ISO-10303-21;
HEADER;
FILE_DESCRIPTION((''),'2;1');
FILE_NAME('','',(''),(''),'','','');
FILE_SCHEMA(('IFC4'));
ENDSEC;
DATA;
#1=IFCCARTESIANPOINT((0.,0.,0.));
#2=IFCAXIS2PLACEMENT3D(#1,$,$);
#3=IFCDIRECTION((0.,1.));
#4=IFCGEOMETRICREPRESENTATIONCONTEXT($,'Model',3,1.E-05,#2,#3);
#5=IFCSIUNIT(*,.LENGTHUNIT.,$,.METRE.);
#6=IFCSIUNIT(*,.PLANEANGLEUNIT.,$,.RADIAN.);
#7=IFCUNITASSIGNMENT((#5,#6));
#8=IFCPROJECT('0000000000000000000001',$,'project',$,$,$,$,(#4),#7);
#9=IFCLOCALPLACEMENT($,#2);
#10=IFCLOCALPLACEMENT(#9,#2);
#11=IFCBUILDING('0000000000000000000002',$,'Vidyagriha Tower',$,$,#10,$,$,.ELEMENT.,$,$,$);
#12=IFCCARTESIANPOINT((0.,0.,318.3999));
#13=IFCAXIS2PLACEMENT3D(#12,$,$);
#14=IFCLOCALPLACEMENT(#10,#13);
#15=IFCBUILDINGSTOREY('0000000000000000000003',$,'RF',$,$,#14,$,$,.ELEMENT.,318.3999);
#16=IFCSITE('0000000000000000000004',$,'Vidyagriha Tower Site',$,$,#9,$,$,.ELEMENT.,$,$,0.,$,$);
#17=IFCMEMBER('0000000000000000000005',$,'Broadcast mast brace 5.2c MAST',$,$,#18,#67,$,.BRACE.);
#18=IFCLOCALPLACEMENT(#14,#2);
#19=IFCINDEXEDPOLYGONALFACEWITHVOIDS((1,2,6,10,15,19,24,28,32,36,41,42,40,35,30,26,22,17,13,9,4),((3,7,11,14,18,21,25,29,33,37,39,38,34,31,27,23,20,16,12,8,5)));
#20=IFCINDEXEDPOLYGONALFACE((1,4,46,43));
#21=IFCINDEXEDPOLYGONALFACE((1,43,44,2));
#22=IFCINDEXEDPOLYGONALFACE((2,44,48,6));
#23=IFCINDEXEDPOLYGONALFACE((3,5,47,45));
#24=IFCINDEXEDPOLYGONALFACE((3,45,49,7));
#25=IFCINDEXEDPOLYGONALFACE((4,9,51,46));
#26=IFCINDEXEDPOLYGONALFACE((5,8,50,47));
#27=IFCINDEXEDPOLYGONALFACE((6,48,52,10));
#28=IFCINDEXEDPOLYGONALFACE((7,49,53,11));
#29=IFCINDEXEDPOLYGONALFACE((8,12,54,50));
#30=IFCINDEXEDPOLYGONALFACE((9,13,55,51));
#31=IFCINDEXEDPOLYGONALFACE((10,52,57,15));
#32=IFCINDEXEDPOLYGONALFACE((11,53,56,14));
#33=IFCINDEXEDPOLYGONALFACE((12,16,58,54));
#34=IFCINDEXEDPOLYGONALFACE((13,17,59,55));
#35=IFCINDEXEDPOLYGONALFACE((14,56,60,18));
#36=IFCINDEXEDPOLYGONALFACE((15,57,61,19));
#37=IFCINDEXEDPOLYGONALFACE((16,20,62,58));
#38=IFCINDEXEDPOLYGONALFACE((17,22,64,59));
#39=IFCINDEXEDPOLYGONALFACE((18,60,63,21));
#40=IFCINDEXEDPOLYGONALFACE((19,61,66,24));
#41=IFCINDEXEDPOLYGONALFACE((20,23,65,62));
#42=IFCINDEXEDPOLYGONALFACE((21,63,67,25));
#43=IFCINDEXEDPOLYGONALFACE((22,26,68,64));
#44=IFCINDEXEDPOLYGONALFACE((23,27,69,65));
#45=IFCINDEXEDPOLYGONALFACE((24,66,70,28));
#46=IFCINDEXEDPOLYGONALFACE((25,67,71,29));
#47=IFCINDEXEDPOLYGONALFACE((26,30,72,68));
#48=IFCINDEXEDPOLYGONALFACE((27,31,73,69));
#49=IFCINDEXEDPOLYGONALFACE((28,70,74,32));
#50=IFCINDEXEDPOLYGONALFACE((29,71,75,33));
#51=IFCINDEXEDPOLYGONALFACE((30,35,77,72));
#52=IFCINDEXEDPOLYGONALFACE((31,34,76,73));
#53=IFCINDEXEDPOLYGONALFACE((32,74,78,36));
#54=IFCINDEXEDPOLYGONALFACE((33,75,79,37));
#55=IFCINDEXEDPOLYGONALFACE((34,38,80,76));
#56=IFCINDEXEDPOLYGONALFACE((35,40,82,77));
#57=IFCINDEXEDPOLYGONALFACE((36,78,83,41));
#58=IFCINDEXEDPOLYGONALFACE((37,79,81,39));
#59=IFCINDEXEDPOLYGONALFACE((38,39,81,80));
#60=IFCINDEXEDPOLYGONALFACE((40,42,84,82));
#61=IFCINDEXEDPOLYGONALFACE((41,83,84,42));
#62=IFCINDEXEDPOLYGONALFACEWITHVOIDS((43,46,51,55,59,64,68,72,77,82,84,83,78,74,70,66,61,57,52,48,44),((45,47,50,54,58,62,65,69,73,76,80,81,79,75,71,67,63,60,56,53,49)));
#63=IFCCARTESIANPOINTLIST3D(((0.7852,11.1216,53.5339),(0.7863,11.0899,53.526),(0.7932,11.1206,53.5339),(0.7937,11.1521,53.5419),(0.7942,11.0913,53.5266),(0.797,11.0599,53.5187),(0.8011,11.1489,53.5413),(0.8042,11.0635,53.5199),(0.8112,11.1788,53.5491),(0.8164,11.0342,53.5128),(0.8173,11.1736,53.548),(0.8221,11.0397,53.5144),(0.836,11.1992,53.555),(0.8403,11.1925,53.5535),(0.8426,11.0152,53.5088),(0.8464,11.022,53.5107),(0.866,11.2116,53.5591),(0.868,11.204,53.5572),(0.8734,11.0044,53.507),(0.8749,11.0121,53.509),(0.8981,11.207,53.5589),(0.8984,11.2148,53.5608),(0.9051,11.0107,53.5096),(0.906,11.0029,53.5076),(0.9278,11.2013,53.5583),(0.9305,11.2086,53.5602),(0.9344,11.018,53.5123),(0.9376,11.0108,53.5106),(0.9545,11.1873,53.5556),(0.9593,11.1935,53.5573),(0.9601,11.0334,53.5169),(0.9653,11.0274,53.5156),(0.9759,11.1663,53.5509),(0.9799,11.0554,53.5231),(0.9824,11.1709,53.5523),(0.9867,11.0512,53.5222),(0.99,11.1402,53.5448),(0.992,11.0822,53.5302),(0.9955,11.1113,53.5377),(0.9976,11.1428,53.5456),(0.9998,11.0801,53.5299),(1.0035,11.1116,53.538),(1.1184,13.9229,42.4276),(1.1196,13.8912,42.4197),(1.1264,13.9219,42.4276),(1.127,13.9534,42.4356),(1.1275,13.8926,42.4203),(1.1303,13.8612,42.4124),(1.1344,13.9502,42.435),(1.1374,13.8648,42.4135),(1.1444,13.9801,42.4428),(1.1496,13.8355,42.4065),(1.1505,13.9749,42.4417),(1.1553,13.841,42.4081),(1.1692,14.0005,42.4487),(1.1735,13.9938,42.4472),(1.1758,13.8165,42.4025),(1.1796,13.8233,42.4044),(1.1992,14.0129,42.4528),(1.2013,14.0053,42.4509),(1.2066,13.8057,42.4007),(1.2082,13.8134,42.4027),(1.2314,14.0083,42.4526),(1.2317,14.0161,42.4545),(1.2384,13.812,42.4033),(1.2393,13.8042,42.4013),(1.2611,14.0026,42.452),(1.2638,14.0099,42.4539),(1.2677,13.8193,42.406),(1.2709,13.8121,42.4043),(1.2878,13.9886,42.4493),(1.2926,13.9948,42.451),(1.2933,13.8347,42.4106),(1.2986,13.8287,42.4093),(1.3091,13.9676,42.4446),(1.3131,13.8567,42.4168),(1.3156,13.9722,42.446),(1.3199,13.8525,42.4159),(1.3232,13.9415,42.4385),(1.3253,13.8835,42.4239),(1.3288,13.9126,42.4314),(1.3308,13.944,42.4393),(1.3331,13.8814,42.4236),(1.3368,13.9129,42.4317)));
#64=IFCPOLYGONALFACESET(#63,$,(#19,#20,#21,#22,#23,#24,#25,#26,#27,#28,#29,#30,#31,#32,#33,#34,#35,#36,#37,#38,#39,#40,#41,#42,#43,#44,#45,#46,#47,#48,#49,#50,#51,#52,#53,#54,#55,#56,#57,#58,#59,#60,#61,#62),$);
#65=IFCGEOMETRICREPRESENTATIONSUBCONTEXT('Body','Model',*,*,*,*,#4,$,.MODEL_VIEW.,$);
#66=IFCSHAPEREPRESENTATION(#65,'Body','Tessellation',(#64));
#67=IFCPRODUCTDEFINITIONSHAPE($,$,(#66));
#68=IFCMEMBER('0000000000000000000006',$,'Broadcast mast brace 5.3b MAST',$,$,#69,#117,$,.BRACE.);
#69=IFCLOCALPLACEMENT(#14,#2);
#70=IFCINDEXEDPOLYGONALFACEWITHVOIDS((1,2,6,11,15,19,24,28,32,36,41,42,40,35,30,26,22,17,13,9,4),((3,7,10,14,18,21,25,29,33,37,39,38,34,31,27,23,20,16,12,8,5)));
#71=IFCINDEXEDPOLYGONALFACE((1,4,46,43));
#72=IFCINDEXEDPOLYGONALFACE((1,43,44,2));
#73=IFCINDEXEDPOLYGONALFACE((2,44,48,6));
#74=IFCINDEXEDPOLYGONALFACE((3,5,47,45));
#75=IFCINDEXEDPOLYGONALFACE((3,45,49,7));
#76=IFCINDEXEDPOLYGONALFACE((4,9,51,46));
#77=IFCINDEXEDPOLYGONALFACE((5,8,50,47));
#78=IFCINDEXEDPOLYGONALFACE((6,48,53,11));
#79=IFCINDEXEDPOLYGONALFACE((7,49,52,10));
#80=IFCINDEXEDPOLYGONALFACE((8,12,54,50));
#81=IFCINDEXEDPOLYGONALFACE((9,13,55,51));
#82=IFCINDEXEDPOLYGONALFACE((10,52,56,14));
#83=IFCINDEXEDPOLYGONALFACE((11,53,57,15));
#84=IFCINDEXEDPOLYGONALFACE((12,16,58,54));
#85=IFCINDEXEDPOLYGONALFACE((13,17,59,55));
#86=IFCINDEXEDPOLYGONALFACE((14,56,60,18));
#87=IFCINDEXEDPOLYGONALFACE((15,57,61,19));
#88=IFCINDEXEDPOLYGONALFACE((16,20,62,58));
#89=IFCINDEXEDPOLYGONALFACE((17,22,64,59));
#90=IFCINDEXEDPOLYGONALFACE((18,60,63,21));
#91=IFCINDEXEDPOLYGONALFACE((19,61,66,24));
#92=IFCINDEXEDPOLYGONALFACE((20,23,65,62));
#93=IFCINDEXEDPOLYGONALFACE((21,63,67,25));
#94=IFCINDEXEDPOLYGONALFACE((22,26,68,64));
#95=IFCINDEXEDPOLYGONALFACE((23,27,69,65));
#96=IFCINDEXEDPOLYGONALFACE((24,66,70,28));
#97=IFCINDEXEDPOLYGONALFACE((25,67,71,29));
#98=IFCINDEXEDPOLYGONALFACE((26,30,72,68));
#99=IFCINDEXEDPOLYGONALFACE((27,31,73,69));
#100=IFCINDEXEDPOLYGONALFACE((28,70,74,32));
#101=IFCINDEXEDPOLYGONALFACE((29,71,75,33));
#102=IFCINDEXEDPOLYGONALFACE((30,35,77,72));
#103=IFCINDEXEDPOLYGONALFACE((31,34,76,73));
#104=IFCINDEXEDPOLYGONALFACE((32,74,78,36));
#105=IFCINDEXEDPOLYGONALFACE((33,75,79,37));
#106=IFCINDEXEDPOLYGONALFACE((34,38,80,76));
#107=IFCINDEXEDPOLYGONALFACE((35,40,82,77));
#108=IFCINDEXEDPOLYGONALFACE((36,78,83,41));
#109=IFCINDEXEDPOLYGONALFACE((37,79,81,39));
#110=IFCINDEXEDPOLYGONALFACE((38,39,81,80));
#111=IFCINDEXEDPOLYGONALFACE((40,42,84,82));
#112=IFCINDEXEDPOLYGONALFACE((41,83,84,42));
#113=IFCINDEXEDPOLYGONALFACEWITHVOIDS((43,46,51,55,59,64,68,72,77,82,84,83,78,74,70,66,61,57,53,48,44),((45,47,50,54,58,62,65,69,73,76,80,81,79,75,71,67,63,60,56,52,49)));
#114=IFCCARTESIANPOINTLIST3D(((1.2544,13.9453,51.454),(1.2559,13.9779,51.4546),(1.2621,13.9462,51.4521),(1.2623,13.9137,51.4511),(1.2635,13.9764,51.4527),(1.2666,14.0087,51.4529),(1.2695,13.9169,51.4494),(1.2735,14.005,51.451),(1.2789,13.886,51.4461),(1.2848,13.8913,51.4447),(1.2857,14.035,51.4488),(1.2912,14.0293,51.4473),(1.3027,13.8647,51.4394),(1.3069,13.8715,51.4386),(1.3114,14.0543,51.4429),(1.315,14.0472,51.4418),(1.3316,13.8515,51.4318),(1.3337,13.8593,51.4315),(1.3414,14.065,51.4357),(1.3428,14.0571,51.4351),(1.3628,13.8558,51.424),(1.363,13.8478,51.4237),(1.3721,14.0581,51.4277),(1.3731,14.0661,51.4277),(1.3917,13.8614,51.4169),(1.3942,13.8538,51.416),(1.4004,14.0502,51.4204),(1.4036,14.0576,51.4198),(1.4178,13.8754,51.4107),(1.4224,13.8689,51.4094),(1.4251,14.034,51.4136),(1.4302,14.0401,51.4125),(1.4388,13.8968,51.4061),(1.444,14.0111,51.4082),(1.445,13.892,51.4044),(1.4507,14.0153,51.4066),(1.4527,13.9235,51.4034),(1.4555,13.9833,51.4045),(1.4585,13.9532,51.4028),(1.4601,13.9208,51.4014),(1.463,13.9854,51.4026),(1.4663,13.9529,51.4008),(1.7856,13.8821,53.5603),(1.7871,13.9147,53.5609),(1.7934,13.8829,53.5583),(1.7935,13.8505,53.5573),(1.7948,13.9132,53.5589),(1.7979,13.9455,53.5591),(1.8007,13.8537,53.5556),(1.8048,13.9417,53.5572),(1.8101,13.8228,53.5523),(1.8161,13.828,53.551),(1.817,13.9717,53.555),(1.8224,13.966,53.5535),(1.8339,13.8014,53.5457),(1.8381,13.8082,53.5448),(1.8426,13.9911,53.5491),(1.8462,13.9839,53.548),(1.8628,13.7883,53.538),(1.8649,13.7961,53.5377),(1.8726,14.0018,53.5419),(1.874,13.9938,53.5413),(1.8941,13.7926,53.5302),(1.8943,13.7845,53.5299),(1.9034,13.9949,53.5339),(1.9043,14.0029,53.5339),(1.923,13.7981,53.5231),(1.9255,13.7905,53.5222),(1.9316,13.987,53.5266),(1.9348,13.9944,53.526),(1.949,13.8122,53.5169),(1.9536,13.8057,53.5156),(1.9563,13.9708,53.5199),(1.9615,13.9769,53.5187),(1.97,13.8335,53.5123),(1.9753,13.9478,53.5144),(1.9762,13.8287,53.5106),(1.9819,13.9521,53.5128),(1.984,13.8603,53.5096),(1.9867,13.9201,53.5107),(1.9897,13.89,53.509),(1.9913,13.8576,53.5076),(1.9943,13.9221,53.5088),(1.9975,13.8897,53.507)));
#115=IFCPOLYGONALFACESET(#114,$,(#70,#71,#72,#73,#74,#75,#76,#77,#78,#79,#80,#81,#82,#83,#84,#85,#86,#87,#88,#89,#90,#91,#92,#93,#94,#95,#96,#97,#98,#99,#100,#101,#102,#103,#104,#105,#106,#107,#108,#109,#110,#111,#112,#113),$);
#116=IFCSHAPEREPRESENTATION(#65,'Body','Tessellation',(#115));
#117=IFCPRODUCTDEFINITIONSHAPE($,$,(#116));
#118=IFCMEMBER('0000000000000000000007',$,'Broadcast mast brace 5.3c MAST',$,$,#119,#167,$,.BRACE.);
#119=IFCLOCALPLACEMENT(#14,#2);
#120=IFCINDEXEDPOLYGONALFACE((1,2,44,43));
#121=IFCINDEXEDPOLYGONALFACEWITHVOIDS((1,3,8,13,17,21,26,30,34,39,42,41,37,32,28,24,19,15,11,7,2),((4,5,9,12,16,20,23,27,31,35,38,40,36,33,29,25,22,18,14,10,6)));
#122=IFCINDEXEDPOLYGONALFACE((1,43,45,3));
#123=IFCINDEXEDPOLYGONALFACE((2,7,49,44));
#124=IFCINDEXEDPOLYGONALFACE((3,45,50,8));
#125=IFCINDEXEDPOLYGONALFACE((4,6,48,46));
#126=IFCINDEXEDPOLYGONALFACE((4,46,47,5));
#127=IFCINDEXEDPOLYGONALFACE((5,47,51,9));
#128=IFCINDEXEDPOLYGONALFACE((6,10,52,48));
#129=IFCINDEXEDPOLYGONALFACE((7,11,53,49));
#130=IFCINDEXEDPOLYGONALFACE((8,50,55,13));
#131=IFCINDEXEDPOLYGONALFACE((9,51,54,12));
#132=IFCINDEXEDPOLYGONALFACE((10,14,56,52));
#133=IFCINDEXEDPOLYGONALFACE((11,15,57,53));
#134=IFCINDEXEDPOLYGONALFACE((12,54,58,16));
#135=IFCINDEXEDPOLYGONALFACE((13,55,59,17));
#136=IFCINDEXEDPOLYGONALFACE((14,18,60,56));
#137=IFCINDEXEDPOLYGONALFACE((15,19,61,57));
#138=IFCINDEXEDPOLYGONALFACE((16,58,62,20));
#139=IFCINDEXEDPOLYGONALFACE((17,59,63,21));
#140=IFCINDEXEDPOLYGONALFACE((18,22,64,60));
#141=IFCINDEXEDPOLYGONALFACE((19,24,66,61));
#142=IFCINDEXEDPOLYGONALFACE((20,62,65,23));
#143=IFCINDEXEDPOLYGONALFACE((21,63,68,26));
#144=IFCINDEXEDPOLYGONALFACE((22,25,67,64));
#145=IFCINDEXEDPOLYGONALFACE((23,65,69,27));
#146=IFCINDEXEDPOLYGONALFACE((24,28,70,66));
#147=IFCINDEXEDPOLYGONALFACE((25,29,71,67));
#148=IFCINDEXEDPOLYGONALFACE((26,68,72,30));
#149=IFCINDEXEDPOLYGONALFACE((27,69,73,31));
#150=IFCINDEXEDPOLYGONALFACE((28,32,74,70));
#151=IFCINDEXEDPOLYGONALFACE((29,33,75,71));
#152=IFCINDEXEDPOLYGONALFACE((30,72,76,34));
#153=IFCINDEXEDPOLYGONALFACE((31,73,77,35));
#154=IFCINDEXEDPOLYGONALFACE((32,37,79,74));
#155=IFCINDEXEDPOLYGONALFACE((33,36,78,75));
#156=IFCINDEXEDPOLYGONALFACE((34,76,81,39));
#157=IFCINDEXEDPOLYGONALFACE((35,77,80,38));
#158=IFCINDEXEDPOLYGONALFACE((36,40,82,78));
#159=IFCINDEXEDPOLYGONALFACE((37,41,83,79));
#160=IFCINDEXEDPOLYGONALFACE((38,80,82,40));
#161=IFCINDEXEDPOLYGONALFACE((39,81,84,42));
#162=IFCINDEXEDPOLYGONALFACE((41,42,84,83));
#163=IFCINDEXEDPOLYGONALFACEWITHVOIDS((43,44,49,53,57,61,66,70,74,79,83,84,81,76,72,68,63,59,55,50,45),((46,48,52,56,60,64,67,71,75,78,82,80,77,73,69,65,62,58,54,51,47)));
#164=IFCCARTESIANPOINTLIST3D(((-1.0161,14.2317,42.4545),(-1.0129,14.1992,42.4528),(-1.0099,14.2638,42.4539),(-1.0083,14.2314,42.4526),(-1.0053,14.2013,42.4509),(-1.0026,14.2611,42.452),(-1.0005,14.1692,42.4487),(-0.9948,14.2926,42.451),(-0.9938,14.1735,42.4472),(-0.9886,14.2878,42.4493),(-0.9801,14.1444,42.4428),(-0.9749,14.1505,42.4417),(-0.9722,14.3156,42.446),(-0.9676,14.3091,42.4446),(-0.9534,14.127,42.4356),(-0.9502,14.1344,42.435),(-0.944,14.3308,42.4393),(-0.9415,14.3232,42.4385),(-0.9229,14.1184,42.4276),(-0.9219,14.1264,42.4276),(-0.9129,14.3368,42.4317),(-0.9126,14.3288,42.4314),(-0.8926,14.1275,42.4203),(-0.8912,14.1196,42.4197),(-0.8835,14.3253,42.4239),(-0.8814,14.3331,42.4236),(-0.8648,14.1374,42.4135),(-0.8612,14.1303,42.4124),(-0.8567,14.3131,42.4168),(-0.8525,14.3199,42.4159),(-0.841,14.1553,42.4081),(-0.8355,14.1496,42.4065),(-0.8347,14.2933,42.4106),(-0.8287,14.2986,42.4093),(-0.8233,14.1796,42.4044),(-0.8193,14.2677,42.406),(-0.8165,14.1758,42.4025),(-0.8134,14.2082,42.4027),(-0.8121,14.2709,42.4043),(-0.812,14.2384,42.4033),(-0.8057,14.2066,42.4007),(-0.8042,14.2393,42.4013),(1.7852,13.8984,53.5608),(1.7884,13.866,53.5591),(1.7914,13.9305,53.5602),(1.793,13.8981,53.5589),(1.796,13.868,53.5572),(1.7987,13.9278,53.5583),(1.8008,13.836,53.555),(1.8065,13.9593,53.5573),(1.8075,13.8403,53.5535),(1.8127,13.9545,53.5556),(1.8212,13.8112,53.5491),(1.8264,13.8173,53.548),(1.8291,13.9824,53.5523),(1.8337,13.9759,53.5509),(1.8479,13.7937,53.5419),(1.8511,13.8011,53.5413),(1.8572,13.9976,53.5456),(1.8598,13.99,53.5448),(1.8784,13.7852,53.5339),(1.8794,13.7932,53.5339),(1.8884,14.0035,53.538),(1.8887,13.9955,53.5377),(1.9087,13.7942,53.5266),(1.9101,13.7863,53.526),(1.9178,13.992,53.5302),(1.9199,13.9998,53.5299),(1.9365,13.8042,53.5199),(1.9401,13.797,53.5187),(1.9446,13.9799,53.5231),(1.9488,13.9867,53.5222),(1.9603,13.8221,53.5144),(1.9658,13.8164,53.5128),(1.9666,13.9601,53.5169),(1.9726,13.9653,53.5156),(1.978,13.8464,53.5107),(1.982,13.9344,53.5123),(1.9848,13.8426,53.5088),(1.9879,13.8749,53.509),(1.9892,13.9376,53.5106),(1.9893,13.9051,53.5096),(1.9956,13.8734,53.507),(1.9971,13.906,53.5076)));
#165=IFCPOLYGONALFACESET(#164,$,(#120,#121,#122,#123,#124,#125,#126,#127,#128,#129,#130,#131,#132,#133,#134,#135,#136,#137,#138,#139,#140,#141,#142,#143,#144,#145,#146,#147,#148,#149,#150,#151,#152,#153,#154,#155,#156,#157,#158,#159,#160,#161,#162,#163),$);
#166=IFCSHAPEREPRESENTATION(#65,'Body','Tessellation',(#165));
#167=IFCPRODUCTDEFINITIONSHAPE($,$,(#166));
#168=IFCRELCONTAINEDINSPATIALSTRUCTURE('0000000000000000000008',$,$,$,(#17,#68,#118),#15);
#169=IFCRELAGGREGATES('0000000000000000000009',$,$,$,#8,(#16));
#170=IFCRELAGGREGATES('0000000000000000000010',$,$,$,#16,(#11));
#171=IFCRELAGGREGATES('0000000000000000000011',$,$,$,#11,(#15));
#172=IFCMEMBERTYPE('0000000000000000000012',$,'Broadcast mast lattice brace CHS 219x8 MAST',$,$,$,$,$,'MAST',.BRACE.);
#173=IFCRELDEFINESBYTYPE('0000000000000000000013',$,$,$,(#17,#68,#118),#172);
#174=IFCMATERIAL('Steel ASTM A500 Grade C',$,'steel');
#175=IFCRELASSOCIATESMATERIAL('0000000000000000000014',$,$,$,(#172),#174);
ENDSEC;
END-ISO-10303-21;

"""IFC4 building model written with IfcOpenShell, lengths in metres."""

from ifc_helpers import new_model, si_unit, direction, frame, origin, origin_2d, place, context, subcontext, project, spatial, hollow_circle, extrude, material, material_profile, profile_set, type_object, element, save


model = new_model("IFC4")

# Units and contexts
model_context = context("Model", 3, precision=1e-05, world=origin(), true_north=direction((0.0, 1.0)))
body_context = subcontext(model_context, "Body", "Model", "MODEL_VIEW")
ifc_project = project(units=[si_unit("LENGTHUNIT", "METRE"), si_unit("PLANEANGLEUNIT", "RADIAN")], contexts=[model_context])

# Site, building, storey
site_placement = place(None, origin())
site = spatial("IfcSite", under=ifc_project, at=site_placement, Name="Vidyagriha Tower Site", CompositionType="ELEMENT", RefElevation=0.0)
building_placement = place(site_placement, origin())
building = spatial("IfcBuilding", under=site, at=building_placement, Name="Vidyagriha Tower", CompositionType="ELEMENT")
storey_placement = place(building_placement, frame((0.0, 0.0, 318.3999)))
storey = spatial("IfcBuildingStorey", under=building, at=storey_placement, Name="RF", CompositionType="ELEMENT", Elevation=318.3999)

# Members
ifc_material_1 = material(Name="Steel ASTM A500 Grade C", Category="steel")
ifc_material_profile_1 = material_profile(ifc_material_1, hollow_circle(Radius=0.1096, WallThickness=0.0081, at=origin_2d()), Name="Broadcast mast lattice brace CHS 219x8 MAST")
ifc_profile_set_1 = profile_set([ifc_material_profile_1], Name="Steel ASTM A500 Grade C")
member_type_1 = type_object("IfcMemberType", Name="Broadcast mast lattice brace CHS 219x8 MAST", ElementType="MAST", PredefinedType="BRACE", material=ifc_profile_set_1)
member_1_placement = place(storey_placement, frame((0.894, 11.1086, 53.5339), z_axis=(0.029082, 0.244463, -0.969222), x_axis=(-0.992998, 0.118132, 0.0)))
element("IfcMember", 1, at=member_1_placement, inside=storey, type_object=member_type_1, Name="Broadcast mast brace 5.2c MAST", PredefinedType="BRACE", context=body_context, shape_type="SweptSolid", body=[
    extrude(hollow_circle(Radius=0.1096, WallThickness=0.0081, at=origin_2d()), origin(), (0.0, 0.0, 1.0), 11.459),
])
member_2_placement = place(storey_placement, frame((1.3601, 13.9573, 51.4277), z_axis=(0.244468, -0.029098, 0.969221), x_axis=(0.118191, 0.992991, 0.0)))
element("IfcMember", 2, at=member_2_placement, inside=storey, type_object=member_type_1, Name="Broadcast mast brace 5.3b MAST", PredefinedType="BRACE", context=body_context, shape_type="SweptSolid", body=[
    extrude(hollow_circle(Radius=0.1096, WallThickness=0.0081, at=origin_2d()), origin(), (0.0, 0.0, 1.0), 2.1731),
])
member_3_placement = place(storey_placement, frame((1.8914, 13.894, 53.5339), z_axis=(-0.244463, 0.029082, -0.969222), x_axis=(-0.118132, -0.992998, 0.0)))
element("IfcMember", 3, at=member_3_placement, inside=storey, type_object=member_type_1, Name="Broadcast mast brace 5.3c MAST", PredefinedType="BRACE", context=body_context, shape_type="SweptSolid", body=[
    extrude(hollow_circle(Radius=0.1096, WallThickness=0.0081, at=origin_2d()), origin(), (0.0, 0.0, 1.0), 11.459),
])

save(model, "model.ifc")
